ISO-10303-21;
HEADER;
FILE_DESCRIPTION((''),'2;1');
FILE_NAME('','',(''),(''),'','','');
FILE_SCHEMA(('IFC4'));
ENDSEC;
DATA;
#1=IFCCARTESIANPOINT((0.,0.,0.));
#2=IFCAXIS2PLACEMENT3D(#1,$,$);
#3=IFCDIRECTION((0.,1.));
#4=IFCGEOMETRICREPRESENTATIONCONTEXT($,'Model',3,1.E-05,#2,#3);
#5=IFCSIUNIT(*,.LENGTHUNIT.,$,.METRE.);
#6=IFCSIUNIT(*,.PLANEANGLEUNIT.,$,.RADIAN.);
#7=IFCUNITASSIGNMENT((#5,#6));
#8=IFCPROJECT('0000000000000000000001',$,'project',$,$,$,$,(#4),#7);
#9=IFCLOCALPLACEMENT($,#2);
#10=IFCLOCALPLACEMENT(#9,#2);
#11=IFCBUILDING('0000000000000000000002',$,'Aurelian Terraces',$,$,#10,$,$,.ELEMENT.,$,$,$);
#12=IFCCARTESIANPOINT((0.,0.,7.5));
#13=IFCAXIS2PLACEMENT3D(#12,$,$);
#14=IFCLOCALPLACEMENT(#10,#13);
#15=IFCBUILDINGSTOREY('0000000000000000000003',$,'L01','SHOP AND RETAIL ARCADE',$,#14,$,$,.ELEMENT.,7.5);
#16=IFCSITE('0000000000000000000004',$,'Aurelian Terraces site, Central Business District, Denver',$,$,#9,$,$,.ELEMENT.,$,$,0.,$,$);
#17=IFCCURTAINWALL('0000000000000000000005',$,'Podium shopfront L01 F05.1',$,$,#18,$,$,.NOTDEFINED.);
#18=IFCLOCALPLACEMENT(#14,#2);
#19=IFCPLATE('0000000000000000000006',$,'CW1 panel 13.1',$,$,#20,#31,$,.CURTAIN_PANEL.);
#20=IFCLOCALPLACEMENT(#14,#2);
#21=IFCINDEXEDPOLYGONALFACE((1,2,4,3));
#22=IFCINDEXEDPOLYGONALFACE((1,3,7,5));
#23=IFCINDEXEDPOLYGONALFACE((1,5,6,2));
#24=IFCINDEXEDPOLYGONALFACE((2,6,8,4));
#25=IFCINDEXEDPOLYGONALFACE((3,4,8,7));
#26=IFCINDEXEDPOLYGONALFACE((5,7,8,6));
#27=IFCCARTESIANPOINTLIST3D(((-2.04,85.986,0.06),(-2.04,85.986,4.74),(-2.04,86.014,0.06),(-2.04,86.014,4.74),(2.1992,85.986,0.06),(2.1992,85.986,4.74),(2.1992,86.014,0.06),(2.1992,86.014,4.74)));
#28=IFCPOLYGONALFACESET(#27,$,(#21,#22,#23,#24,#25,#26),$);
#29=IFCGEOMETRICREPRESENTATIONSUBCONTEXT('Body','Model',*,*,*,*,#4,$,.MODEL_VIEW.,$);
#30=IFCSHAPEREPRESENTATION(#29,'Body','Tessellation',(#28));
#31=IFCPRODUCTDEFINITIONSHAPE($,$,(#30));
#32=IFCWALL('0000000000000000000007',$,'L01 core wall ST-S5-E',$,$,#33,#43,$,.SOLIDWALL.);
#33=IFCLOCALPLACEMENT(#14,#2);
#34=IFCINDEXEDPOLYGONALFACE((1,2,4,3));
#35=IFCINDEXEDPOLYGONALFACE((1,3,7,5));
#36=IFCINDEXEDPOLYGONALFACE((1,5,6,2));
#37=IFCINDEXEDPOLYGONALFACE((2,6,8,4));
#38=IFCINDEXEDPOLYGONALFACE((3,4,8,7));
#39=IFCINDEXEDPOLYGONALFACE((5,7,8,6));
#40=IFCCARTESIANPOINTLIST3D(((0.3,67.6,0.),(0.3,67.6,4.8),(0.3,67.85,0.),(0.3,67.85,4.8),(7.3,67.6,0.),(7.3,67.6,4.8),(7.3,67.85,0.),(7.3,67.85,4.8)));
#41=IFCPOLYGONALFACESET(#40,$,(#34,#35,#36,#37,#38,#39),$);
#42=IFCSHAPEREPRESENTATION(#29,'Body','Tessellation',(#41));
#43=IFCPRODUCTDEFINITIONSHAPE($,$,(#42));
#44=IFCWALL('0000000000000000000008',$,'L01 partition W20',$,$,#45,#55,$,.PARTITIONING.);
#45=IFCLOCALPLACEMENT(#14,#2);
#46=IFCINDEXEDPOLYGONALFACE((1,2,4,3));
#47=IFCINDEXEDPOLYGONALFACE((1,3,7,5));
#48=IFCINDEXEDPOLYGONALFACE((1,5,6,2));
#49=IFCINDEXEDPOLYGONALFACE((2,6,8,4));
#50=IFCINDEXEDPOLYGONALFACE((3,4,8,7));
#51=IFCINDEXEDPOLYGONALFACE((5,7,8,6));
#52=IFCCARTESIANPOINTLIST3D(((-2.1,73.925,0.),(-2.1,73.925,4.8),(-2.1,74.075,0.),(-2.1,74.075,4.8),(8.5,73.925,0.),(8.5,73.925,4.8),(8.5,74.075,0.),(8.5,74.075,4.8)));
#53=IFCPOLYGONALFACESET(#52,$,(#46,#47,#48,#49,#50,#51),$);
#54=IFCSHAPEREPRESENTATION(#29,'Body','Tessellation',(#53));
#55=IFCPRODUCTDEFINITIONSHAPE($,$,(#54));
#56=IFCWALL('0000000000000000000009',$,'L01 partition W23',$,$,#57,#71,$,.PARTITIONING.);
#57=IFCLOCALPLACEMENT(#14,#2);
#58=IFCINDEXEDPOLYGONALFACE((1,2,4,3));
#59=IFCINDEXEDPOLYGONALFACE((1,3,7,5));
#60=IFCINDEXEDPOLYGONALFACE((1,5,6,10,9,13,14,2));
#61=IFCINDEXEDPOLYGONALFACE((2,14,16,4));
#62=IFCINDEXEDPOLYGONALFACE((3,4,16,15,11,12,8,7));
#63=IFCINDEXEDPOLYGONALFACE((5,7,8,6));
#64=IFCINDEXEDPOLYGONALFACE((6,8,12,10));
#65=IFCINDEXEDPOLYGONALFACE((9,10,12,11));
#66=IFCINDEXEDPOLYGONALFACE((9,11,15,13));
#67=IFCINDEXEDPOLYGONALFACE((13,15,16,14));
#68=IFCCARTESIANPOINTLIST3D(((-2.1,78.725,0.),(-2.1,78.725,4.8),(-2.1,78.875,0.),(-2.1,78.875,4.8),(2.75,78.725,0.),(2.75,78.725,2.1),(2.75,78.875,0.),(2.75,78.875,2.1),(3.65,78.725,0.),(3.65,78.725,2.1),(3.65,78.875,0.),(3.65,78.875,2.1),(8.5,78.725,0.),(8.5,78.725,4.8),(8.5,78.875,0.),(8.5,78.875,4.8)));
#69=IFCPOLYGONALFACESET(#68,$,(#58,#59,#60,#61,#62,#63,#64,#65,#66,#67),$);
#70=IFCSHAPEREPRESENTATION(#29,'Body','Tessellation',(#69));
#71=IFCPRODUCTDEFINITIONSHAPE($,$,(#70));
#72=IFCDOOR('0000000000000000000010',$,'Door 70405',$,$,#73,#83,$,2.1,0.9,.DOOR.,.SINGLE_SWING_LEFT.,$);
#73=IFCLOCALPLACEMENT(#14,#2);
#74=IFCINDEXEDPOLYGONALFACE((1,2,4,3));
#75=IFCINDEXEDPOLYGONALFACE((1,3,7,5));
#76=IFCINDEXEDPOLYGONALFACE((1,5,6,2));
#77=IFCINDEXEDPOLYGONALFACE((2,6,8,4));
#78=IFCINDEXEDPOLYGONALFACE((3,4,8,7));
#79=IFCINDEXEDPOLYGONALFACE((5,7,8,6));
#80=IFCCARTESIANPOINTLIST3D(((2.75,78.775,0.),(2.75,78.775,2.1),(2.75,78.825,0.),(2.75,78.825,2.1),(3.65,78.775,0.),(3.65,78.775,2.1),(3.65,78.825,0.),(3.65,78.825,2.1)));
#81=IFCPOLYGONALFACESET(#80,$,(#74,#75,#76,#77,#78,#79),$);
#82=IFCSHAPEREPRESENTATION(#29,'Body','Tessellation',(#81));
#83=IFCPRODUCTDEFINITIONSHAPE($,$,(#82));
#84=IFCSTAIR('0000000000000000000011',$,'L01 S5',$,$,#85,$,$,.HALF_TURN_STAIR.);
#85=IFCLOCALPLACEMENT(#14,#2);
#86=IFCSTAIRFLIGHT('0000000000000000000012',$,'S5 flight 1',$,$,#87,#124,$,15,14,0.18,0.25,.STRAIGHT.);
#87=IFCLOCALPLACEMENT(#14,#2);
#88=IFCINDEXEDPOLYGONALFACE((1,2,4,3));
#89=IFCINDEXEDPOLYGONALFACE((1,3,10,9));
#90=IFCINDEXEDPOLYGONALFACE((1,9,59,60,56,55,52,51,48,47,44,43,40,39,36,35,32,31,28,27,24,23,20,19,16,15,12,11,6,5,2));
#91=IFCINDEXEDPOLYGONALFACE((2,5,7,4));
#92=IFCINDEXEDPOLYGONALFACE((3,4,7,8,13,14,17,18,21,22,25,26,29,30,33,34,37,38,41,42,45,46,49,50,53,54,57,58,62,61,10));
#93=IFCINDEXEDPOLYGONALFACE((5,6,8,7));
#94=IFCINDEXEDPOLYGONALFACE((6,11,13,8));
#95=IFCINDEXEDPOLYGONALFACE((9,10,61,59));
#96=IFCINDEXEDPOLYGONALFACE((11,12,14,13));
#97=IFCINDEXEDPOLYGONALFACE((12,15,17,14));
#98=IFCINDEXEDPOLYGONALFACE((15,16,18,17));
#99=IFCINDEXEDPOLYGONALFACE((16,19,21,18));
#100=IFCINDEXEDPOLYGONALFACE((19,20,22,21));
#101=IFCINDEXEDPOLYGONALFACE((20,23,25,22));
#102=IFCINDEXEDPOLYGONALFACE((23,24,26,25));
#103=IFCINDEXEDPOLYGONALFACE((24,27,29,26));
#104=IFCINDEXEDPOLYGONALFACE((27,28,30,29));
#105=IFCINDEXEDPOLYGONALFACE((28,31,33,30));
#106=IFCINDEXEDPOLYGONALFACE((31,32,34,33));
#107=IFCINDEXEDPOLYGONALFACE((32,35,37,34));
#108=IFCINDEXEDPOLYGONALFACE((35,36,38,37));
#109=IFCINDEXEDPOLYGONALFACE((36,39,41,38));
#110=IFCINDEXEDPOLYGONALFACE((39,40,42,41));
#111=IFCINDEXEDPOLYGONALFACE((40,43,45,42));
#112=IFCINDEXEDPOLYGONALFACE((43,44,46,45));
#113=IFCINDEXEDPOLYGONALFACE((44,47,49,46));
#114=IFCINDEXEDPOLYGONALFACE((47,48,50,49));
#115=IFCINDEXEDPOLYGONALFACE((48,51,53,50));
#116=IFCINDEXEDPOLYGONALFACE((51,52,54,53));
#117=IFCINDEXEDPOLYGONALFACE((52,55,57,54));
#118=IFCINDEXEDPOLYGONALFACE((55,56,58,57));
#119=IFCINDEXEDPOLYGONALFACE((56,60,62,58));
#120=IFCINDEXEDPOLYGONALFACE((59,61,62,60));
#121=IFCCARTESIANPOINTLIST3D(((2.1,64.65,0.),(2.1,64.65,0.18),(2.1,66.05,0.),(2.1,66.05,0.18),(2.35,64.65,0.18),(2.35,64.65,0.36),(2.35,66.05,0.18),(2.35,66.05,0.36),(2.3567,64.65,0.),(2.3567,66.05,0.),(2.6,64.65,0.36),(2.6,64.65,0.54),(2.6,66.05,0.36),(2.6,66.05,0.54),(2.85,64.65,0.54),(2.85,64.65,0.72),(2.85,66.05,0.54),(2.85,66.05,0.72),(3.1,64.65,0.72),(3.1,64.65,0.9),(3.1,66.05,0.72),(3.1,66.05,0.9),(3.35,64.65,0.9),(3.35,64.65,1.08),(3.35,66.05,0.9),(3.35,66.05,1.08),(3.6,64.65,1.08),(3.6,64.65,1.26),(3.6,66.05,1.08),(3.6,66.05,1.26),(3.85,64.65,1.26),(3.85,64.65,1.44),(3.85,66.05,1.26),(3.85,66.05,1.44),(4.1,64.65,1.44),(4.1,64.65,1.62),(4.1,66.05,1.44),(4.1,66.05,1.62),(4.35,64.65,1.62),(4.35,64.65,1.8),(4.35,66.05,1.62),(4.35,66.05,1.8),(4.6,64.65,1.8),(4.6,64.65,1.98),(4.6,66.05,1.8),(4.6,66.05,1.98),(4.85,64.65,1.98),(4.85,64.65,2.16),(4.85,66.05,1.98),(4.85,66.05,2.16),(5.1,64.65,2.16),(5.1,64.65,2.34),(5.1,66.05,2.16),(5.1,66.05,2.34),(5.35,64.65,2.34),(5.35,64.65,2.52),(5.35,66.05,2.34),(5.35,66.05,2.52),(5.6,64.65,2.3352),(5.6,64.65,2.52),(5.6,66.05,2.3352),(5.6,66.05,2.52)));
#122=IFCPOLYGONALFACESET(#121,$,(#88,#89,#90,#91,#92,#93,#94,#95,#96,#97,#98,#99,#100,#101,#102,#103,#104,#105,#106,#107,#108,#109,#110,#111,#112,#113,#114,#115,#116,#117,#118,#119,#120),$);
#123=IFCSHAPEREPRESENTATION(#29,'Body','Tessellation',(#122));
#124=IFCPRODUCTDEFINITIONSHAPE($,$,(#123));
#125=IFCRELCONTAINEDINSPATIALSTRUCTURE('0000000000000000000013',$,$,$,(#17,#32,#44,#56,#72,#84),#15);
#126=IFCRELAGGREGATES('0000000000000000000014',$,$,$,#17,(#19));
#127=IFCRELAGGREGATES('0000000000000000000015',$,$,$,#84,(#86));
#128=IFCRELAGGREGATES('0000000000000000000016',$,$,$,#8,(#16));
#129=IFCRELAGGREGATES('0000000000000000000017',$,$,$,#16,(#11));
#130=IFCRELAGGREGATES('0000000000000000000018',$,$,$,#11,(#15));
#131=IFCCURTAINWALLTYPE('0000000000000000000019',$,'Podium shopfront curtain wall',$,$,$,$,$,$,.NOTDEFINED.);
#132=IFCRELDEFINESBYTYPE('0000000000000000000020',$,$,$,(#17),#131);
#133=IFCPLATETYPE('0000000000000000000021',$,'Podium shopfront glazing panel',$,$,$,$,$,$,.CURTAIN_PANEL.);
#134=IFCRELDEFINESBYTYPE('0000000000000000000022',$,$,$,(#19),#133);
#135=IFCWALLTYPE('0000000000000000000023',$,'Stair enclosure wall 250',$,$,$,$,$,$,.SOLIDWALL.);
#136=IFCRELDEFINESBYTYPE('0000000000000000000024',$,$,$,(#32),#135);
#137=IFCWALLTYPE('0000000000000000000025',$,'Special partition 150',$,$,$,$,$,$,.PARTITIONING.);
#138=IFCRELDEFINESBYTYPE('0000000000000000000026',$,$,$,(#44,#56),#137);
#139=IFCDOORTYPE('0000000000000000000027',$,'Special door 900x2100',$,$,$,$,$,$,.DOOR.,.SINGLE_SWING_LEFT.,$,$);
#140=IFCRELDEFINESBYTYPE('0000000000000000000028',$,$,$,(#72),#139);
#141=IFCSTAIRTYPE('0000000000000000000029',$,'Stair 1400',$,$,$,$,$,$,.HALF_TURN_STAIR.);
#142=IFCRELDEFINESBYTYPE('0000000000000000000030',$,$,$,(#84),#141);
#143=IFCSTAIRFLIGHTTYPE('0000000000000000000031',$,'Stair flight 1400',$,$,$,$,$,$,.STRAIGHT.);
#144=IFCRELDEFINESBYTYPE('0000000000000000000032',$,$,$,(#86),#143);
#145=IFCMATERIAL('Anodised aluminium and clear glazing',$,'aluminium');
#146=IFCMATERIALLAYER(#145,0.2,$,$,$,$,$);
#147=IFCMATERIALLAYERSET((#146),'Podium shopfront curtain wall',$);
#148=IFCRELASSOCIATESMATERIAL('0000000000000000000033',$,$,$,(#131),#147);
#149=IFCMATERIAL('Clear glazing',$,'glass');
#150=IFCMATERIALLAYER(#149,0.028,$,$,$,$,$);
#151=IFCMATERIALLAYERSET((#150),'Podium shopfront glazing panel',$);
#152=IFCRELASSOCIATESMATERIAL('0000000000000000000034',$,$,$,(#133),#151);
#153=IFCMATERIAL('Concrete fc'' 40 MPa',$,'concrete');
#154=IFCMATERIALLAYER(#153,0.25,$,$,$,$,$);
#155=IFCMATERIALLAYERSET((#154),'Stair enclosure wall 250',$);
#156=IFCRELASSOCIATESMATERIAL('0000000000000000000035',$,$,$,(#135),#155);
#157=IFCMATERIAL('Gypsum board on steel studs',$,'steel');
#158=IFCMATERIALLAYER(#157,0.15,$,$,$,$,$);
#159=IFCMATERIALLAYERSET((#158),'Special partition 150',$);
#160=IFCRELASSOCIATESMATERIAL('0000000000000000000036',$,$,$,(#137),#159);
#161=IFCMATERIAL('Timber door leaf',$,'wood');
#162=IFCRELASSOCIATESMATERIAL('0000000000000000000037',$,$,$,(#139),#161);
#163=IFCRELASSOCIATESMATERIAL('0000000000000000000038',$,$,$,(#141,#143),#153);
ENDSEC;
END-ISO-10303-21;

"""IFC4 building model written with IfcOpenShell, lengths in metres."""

from ifc_helpers import new_model, si_unit, direction, frame, frame_2d, origin, origin_2d, place, context, subcontext, project, spatial, polyline, rectangle, outline, extrude, source, transform, mapped, material, layer, layer_set, type_object, element, fill, aggregate, save


model = new_model("IFC4")

# Units and contexts
model_context = context("Model", 3, precision=1e-05, world=origin(), true_north=direction((0.0, 1.0)))
body_context = subcontext(model_context, "Body", "Model", "MODEL_VIEW")
ifc_project = project(units=[si_unit("LENGTHUNIT", "METRE"), si_unit("PLANEANGLEUNIT", "RADIAN")], contexts=[model_context])

# Site, building, storey
site_placement = place(None, origin())
site = spatial("IfcSite", under=ifc_project, at=site_placement, Name="Aurelian Terraces site, Central Business District, Denver", CompositionType="ELEMENT", RefElevation=0.0)
building_placement = place(site_placement, origin())
building = spatial("IfcBuilding", under=site, at=building_placement, Name="Aurelian Terraces", CompositionType="ELEMENT")
storey_placement = place(building_placement, frame((0.0, 0.0, 7.5)))
storey = spatial("IfcBuildingStorey", under=building, at=storey_placement, Name="L01", Description="SHOP AND RETAIL ARCADE", CompositionType="ELEMENT", Elevation=7.5)

# Curtain wall
ifc_material_1 = material(Name="Anodised aluminium and clear glazing", Category="aluminium")
ifc_layer_1 = layer(ifc_material_1, 0.2)
ifc_layer_set_1 = layer_set([ifc_layer_1], Name="Podium shopfront curtain wall")
curtain_wall_type = type_object("IfcCurtainWallType", Name="Podium shopfront curtain wall", PredefinedType="NOTDEFINED", material=ifc_layer_set_1)
curtain_wall_1_placement = place(storey_placement, origin())
curtain_wall_1 = element("IfcCurtainWall", 1, at=curtain_wall_1_placement, inside=storey, type_object=curtain_wall_type, Name="Podium shopfront L01 F05.1", PredefinedType="NOTDEFINED")

# Plate
ifc_material_2 = material(Name="Clear glazing", Category="glass")
ifc_layer_2 = layer(ifc_material_2, 0.028)
ifc_layer_set_2 = layer_set([ifc_layer_2], Name="Podium shopfront glazing panel")
plate_type = type_object("IfcPlateType", Name="Podium shopfront glazing panel", PredefinedType="CURTAIN_PANEL", material=ifc_layer_set_2)
shared_shape_1 = source(origin(), body_context, "Body", "SweptSolid", [
    extrude(rectangle(XDim=4.2392, YDim=0.028, at=origin_2d()), origin(), (0.0, 0.0, 1.0), 4.68),
])
plate_1_placement = place(storey_placement, frame((0.0796, 86.0, 0.06), z_axis=(0.0, 0.0, 1.0), x_axis=(-1.0, 0.0, 0.0)))
plate_1 = element("IfcPlate", 2, at=plate_1_placement, type_object=plate_type, Name="CW1 panel 13.1", PredefinedType="CURTAIN_PANEL", context=body_context, shape_type="MappedRepresentation", body=[
    mapped(shared_shape_1, transform((0.0, 0.0, 0.0), scale=1.0)),
])
aggregate(curtain_wall_1, [plate_1])

# Walls
ifc_material_3 = material(Name="Concrete fc' 40 MPa", Category="concrete")
ifc_layer_3 = layer(ifc_material_3, 0.25)
ifc_layer_set_3 = layer_set([ifc_layer_3], Name="Stair enclosure wall 250")
wall_type_1 = type_object("IfcWallType", Name="Stair enclosure wall 250", PredefinedType="SOLIDWALL", material=ifc_layer_set_3)
shared_shape_2 = source(origin(), body_context, "Body", "SweptSolid", [
    extrude(rectangle(XDim=7.0, YDim=0.25, at=frame_2d((3.5, 0.0))), origin(), (0.0, 0.0, 1.0), 4.8),
])
wall_1_placement = place(storey_placement, frame((0.3, 67.725, 0.0), z_axis=(0.0, 0.0, 1.0), x_axis=(1.0, 0.0, 0.0)))
element("IfcWall", 3, at=wall_1_placement, inside=storey, type_object=wall_type_1, Name="L01 core wall ST-S5-E", PredefinedType="SOLIDWALL", context=body_context, shape_type="MappedRepresentation", body=[
    mapped(shared_shape_2, transform((0.0, 0.0, 0.0), scale=1.0)),
])
ifc_material_4 = material(Name="Gypsum board on steel studs", Category="steel")
ifc_layer_4 = layer(ifc_material_4, 0.15)
ifc_layer_set_4 = layer_set([ifc_layer_4], Name="Special partition 150")
wall_type_2 = type_object("IfcWallType", Name="Special partition 150", PredefinedType="PARTITIONING", material=ifc_layer_set_4)
shared_shape_3 = source(origin(), body_context, "Body", "SweptSolid", [
    extrude(rectangle(XDim=10.6, YDim=0.15, at=frame_2d((5.3, 0.0))), origin(), (0.0, 0.0, 1.0), 4.8),
])
wall_2_placement = place(storey_placement, frame((-2.1, 74.0, 0.0), z_axis=(0.0, 0.0, 1.0), x_axis=(1.0, 0.0, 0.0)))
element("IfcWall", 4, at=wall_2_placement, inside=storey, type_object=wall_type_2, Name="L01 partition W20", PredefinedType="PARTITIONING", context=body_context, shape_type="MappedRepresentation", body=[
    mapped(shared_shape_3, transform((0.0, 0.0, 0.0), scale=1.0)),
])

# Wall, opening, door
wall_3_placement = place(storey_placement, frame((-2.1, 78.8, 0.0), z_axis=(0.0, 0.0, 1.0), x_axis=(1.0, 0.0, 0.0)))
wall_3 = element("IfcWall", 5, at=wall_3_placement, inside=storey, type_object=wall_type_2, Name="L01 partition W23", PredefinedType="PARTITIONING", context=body_context, shape_type="MappedRepresentation", body=[
    mapped(shared_shape_3, transform((0.0, 0.0, 0.0), scale=1.0)),
])
shared_shape_4 = source(origin(), body_context, "Body", "SweptSolid", [
    extrude(rectangle(XDim=0.9, YDim=2.1, at=frame_2d((0.45, 1.05))), frame((0.0, 0.085, 0.0), z_axis=(0.0, -1.0, 0.0), x_axis=(1.0, 0.0, 0.0)), (0.0, 0.0, 1.0), 0.17),
])
opening_placement = place(wall_3_placement, frame((4.85, 0.0, 0.0)))
opening = element("IfcOpeningElement", 6, at=opening_placement, cuts=wall_3, PredefinedType="OPENING", context=body_context, shape_type="MappedRepresentation", body=[
    mapped(shared_shape_4, transform((0.0, 0.0, 0.0), scale=1.0)),
])
ifc_material_5 = material(Name="Timber door leaf", Category="wood")
door_type = type_object("IfcDoorType", Name="Special door 900x2100", OperationType="SINGLE_SWING_LEFT", PredefinedType="DOOR", material=ifc_material_5)
shared_shape_5 = source(origin(), body_context, "Body", "SweptSolid", [
    extrude(rectangle(XDim=0.9, YDim=2.1, at=frame_2d((0.45, 1.05))), frame((0.0, 0.025, 0.0), z_axis=(0.0, -1.0, 0.0), x_axis=(1.0, 0.0, 0.0)), (0.0, 0.0, 1.0), 0.05),
])
door_placement = place(opening_placement, origin())
door = element("IfcDoor", 7, at=door_placement, inside=storey, type_object=door_type, Name="Door 70405", OperationType="SINGLE_SWING_LEFT", OverallHeight=2.1, OverallWidth=0.9, PredefinedType="DOOR", context=body_context, shape_type="MappedRepresentation", body=[
    mapped(shared_shape_5, transform((0.0, 0.0, 0.0), scale=1.0)),
])
fill(opening, door)

# Stair, stair flight
stair_type = type_object("IfcStairType", Name="Stair 1400", PredefinedType="HALF_TURN_STAIR", material=ifc_material_3)
stair_placement = place(storey_placement, origin())
stair = element("IfcStair", 8, at=stair_placement, inside=storey, type_object=stair_type, Name="L01 S5", PredefinedType="HALF_TURN_STAIR")
stair_flight_type = type_object("IfcStairFlightType", Name="Stair flight 1400", PredefinedType="STRAIGHT", material=ifc_material_3)
shared_shape_6 = source(origin(), body_context, "Body", "SweptSolid", [
    extrude(outline(polyline([(0.0, 0.0), (0.0, 0.18), (0.25, 0.18), (0.25, 0.36), (0.5, 0.36), (0.5, 0.54), (0.75, 0.54), (0.75, 0.72), (1.0, 0.72), (1.0, 0.9), (1.25, 0.9), (1.25, 1.08), (1.5, 1.08), (1.5, 1.26), (1.75, 1.26), (1.75, 1.44), (2.0, 1.44), (2.0, 1.62), (2.25, 1.62), (2.25, 1.8), (2.5, 1.8), (2.5, 1.98), (2.75, 1.98), (2.75, 2.16), (3.0, 2.16), (3.0, 2.34), (3.25, 2.34), (3.25, 2.52), (3.5, 2.52), (3.5, 2.7), (3.5, 2.3352), (0.2567, 0.0), (0.0, 0.0)])), frame((0.0, 0.7, 0.0), z_axis=(0.0, -1.0, 0.0), x_axis=(1.0, 0.0, 0.0)), (0.0, 0.0, 1.0), 1.4),
])
stair_flight_placement = place(storey_placement, frame((2.1, 65.35, 0.0), z_axis=(0.0, 0.0, 1.0), x_axis=(1.0, 0.0, 0.0)))
stair_flight = element("IfcStairFlight", 9, at=stair_flight_placement, type_object=stair_flight_type, Name="S5 flight 1", NumberOfRisers=15, NumberOfTreads=14, PredefinedType="STRAIGHT", RiserHeight=0.18, TreadLength=0.25, context=body_context, shape_type="MappedRepresentation", body=[
    mapped(shared_shape_6, transform((0.0, 0.0, 0.0), scale=1.0)),
])
aggregate(stair, [stair_flight])

save(model, "model.ifc")
